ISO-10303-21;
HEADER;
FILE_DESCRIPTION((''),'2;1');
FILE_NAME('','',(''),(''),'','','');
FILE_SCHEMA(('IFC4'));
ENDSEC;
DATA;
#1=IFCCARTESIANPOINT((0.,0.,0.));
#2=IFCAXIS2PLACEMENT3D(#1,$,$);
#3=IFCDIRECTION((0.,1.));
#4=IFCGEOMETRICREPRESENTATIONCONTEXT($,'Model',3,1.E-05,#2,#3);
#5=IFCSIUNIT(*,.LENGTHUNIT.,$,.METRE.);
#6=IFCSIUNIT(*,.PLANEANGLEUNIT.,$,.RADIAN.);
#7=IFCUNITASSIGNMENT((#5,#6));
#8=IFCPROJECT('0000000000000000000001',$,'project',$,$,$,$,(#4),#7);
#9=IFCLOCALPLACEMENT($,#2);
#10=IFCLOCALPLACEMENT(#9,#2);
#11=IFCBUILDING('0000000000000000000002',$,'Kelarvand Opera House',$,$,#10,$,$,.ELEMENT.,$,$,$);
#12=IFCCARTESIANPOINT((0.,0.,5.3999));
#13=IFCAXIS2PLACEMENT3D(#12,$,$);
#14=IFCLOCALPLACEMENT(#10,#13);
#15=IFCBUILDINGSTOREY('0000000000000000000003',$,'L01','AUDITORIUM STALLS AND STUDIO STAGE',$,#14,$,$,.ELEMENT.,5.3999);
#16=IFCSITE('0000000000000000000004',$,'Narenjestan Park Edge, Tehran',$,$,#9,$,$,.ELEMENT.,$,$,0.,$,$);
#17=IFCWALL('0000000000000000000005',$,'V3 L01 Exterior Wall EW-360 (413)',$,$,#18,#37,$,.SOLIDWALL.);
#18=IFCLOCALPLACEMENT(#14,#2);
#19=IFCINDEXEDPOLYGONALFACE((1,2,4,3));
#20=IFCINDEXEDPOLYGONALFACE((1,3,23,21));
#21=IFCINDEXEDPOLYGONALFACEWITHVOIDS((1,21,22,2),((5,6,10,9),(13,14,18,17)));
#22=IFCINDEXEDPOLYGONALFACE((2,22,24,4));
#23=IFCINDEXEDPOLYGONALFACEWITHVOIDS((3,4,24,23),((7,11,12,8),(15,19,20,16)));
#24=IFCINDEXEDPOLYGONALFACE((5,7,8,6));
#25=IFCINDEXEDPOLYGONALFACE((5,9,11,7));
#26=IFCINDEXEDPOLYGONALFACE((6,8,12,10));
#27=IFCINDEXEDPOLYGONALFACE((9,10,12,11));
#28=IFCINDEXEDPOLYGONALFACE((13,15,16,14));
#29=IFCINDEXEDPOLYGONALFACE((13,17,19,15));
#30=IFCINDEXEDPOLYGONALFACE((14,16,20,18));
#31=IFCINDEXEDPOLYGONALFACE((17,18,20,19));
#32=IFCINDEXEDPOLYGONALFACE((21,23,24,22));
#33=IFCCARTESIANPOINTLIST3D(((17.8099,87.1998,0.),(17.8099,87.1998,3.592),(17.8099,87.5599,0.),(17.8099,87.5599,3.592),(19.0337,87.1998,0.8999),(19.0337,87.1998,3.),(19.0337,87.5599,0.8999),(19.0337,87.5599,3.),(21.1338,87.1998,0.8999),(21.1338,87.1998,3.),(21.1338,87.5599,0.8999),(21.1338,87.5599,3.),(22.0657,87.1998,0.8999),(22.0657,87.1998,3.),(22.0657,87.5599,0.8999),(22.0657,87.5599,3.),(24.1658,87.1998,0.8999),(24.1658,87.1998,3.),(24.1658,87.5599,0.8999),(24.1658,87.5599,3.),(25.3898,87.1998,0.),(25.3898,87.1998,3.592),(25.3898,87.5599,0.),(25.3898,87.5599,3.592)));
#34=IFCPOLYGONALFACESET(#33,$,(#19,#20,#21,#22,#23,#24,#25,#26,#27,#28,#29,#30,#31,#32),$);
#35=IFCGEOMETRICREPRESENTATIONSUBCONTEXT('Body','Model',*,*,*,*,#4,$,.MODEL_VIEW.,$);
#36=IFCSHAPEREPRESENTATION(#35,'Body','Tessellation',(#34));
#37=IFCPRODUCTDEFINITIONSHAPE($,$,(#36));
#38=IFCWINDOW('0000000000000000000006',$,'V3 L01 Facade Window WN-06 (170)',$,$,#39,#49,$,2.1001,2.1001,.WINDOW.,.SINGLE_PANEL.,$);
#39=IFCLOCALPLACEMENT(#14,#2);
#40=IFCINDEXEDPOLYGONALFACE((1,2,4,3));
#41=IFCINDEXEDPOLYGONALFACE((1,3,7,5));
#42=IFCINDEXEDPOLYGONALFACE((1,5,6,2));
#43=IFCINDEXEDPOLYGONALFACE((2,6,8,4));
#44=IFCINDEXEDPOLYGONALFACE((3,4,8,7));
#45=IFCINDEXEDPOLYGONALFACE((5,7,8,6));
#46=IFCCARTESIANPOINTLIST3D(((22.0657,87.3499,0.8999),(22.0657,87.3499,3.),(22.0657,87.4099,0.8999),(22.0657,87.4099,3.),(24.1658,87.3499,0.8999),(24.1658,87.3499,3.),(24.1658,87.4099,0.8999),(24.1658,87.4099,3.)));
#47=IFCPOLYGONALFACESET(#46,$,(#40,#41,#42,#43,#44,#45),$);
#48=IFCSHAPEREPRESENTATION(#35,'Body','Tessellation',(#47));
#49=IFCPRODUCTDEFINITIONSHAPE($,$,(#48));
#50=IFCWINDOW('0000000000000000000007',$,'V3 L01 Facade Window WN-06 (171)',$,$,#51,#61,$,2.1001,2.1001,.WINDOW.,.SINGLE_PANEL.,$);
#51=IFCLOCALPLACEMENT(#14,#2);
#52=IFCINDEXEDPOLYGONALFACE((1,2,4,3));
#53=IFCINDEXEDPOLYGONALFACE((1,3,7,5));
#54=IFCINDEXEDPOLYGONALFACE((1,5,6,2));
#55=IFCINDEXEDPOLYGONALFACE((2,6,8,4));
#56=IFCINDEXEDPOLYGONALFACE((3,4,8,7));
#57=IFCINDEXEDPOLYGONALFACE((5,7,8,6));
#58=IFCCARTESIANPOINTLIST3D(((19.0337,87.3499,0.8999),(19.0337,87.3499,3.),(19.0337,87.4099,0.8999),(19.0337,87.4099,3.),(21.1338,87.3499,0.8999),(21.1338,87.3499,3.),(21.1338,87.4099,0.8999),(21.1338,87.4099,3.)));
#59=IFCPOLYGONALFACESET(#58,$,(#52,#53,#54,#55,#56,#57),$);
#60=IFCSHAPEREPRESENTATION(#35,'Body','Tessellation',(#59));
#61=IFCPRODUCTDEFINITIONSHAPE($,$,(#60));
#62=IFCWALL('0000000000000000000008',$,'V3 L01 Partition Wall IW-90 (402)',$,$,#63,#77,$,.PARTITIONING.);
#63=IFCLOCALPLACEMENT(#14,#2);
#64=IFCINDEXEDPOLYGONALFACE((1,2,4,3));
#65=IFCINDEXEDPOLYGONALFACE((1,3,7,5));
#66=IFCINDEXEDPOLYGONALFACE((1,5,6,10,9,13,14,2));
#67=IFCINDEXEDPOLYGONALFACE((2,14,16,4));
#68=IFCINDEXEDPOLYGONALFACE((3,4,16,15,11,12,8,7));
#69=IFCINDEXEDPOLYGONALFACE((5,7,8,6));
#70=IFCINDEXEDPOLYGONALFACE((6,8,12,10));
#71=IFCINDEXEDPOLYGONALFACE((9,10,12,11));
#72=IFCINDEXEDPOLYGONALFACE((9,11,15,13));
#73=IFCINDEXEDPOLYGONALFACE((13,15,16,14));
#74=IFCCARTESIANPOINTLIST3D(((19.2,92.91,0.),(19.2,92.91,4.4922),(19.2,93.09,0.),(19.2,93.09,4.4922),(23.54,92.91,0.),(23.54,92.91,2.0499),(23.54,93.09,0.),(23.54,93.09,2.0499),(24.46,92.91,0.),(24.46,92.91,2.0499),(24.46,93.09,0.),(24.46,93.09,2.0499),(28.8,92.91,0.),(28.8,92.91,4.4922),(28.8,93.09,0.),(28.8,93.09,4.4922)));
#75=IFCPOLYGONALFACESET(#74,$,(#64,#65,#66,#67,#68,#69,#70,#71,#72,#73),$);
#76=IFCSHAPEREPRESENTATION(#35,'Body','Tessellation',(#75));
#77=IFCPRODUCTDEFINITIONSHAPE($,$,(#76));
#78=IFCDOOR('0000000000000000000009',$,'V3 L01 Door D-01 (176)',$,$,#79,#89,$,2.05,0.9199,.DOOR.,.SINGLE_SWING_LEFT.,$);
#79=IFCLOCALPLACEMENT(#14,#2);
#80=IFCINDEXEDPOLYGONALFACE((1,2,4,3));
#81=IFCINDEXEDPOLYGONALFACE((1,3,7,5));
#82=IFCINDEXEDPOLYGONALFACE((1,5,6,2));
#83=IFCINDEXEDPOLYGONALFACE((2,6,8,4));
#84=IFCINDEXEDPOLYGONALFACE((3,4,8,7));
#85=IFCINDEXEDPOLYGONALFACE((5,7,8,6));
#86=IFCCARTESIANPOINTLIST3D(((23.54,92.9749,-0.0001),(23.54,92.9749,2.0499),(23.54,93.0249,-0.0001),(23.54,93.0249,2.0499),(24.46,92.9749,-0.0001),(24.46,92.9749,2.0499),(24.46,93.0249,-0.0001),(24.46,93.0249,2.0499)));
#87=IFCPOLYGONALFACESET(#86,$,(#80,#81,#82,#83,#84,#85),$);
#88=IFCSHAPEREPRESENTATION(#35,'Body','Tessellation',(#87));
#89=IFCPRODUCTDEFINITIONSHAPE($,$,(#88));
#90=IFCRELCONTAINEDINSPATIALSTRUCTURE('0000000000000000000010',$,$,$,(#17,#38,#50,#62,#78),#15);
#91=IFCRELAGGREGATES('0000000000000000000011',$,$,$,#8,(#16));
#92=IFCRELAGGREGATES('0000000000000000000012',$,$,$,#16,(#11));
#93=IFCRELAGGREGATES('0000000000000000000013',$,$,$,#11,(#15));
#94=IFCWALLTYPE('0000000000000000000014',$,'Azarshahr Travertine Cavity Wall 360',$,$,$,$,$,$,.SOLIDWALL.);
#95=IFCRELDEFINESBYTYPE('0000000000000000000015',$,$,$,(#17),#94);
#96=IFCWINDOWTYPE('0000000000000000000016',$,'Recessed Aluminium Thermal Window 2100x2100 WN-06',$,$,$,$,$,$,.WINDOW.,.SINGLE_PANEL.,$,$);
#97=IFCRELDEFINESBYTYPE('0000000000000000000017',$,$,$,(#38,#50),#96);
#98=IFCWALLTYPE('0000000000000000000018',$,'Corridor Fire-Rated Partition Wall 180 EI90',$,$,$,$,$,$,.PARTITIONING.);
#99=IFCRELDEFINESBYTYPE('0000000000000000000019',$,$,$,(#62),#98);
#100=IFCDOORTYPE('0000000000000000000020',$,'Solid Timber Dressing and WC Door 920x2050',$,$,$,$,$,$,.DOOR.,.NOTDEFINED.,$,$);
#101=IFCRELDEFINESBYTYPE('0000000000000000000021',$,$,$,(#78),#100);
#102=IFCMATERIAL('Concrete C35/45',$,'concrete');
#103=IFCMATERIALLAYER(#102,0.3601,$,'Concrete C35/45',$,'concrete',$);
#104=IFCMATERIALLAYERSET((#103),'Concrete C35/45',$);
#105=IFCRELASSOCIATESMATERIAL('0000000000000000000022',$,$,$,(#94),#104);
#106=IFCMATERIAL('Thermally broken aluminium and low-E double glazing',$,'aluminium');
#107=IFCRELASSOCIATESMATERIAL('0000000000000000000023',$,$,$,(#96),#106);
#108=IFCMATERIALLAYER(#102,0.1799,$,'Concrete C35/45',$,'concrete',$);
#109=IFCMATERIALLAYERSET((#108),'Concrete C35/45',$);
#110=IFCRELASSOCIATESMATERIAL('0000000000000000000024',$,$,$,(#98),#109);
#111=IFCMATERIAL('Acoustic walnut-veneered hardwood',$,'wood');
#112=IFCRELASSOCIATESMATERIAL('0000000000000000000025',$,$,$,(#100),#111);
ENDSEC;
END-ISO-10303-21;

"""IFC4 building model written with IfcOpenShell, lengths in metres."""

from ifc_helpers import new_model, si_unit, direction, frame, frame_2d, origin, place, context, subcontext, project, spatial, rectangle, extrude, material, layer, layer_set, type_object, element, fill, save


model = new_model("IFC4")

# Units and contexts
model_context = context("Model", 3, precision=1e-05, world=origin(), true_north=direction((0.0, 1.0)))
body_context = subcontext(model_context, "Body", "Model", "MODEL_VIEW")
ifc_project = project(units=[si_unit("LENGTHUNIT", "METRE"), si_unit("PLANEANGLEUNIT", "RADIAN")], contexts=[model_context])

# Site, building, storey
site_placement = place(None, origin())
site = spatial("IfcSite", under=ifc_project, at=site_placement, Name="Narenjestan Park Edge, Tehran", CompositionType="ELEMENT", RefElevation=0.0)
building_placement = place(site_placement, origin())
building = spatial("IfcBuilding", under=site, at=building_placement, Name="Kelarvand Opera House", CompositionType="ELEMENT")
storey_placement = place(building_placement, frame((0.0, 0.0, 5.3999)))
storey = spatial("IfcBuildingStorey", under=building, at=storey_placement, Name="L01", Description="AUDITORIUM STALLS AND STUDIO STAGE", CompositionType="ELEMENT", Elevation=5.3999)

# Wall, openings, windows
ifc_material_1 = material(Name="Concrete C35/45", Category="concrete")
ifc_layer_1 = layer(ifc_material_1, 0.3601, Name="Concrete C35/45", Category="concrete")
ifc_layer_set_1 = layer_set([ifc_layer_1], Name="Concrete C35/45")
wall_type_1 = type_object("IfcWallType", Name="Azarshahr Travertine Cavity Wall 360", PredefinedType="SOLIDWALL", material=ifc_layer_set_1)
wall_1_placement = place(storey_placement, frame((25.3899, 87.3799, 0.0), z_axis=(0.0, 0.0, 1.0), x_axis=(-1.0, 0.0, 0.0)))
wall_1 = element("IfcWall", 1, at=wall_1_placement, inside=storey, type_object=wall_type_1, Name="V3 L01 Exterior Wall EW-360 (413)", PredefinedType="SOLIDWALL", context=body_context, shape_type="SweptSolid", body=[
    extrude(rectangle(XDim=7.5798, YDim=0.3601, at=frame_2d((3.79, 0.0))), origin(), (0.0, 0.0, 1.0), 3.592),
])
opening_1_placement = place(wall_1_placement, frame((1.2241, 0.0, 0.8999)))
opening_1 = element("IfcOpeningElement", 2, at=opening_1_placement, cuts=wall_1, PredefinedType="OPENING", context=body_context, shape_type="SweptSolid", body=[
    extrude(rectangle(XDim=2.1001, YDim=2.1001, at=frame_2d((1.05, 1.05))), frame((0.0, 0.1899, 0.0), z_axis=(0.0, -1.0, 0.0), x_axis=(1.0, 0.0, 0.0)), (0.0, 0.0, 1.0), 0.3801),
])
opening_2_placement = place(wall_1_placement, frame((4.2561, 0.0, 0.8999)))
opening_2 = element("IfcOpeningElement", 3, at=opening_2_placement, cuts=wall_1, PredefinedType="OPENING", context=body_context, shape_type="SweptSolid", body=[
    extrude(rectangle(XDim=2.1001, YDim=2.1001, at=frame_2d((1.05, 1.05))), frame((0.0, 0.1899, 0.0), z_axis=(0.0, -1.0, 0.0), x_axis=(1.0, 0.0, 0.0)), (0.0, 0.0, 1.0), 0.3801),
])
ifc_material_2 = material(Name="Thermally broken aluminium and low-E double glazing", Category="aluminium")
window_type = type_object("IfcWindowType", Name="Recessed Aluminium Thermal Window 2100x2100 WN-06", PartitioningType="SINGLE_PANEL", PredefinedType="WINDOW", material=ifc_material_2)
window_1_placement = place(opening_1_placement, origin())
window_1 = element("IfcWindow", 4, at=window_1_placement, inside=storey, type_object=window_type, Name="V3 L01 Facade Window WN-06 (170)", OverallHeight=2.1001, OverallWidth=2.1001, PartitioningType="SINGLE_PANEL", PredefinedType="WINDOW", context=body_context, shape_type="SweptSolid", body=[
    extrude(rectangle(XDim=2.1001, YDim=2.1001, at=frame_2d((1.05, 1.05))), frame((0.0, 0.03, 0.0), z_axis=(0.0, -1.0, 0.0), x_axis=(1.0, 0.0, 0.0)), (0.0, 0.0, 1.0), 0.0601),
])
fill(opening_1, window_1)
window_2_placement = place(opening_2_placement, origin())
window_2 = element("IfcWindow", 5, at=window_2_placement, inside=storey, type_object=window_type, Name="V3 L01 Facade Window WN-06 (171)", OverallHeight=2.1001, OverallWidth=2.1001, PartitioningType="SINGLE_PANEL", PredefinedType="WINDOW", context=body_context, shape_type="SweptSolid", body=[
    extrude(rectangle(XDim=2.1001, YDim=2.1001, at=frame_2d((1.05, 1.05))), frame((0.0, 0.03, 0.0), z_axis=(0.0, -1.0, 0.0), x_axis=(1.0, 0.0, 0.0)), (0.0, 0.0, 1.0), 0.0601),
])
fill(opening_2, window_2)

# Wall, opening, door
ifc_layer_2 = layer(ifc_material_1, 0.1799, Name="Concrete C35/45", Category="concrete")
ifc_layer_set_2 = layer_set([ifc_layer_2], Name="Concrete C35/45")
wall_type_2 = type_object("IfcWallType", Name="Corridor Fire-Rated Partition Wall 180 EI90", PredefinedType="PARTITIONING", material=ifc_layer_set_2)
wall_2_placement = place(storey_placement, frame((19.2, 93.0, 0.0), z_axis=(0.0, 0.0, 1.0), x_axis=(1.0, 0.0, 0.0)))
wall_2 = element("IfcWall", 6, at=wall_2_placement, inside=storey, type_object=wall_type_2, Name="V3 L01 Partition Wall IW-90 (402)", PredefinedType="PARTITIONING", context=body_context, shape_type="SweptSolid", body=[
    extrude(rectangle(XDim=9.6001, YDim=0.1799, at=frame_2d((4.8, 0.0))), origin(), (0.0, 0.0, 1.0), 4.4922),
])
opening_3_placement = place(wall_2_placement, frame((4.3401, 0.0, 0.0)))
opening_3 = element("IfcOpeningElement", 7, at=opening_3_placement, cuts=wall_2, PredefinedType="OPENING", context=body_context, shape_type="SweptSolid", body=[
    extrude(rectangle(XDim=0.9199, YDim=2.05, at=frame_2d((0.46, 1.0249))), frame((0.0, 0.1001, 0.0), z_axis=(0.0, -1.0, 0.0), x_axis=(1.0, 0.0, 0.0)), (0.0, 0.0, 1.0), 0.2),
])
ifc_material_3 = material(Name="Acoustic walnut-veneered hardwood", Category="wood")
door_type = type_object("IfcDoorType", Name="Solid Timber Dressing and WC Door 920x2050", OperationType="NOTDEFINED", PredefinedType="DOOR", material=ifc_material_3)
door_placement = place(opening_3_placement, origin())
door = element("IfcDoor", 8, at=door_placement, inside=storey, type_object=door_type, Name="V3 L01 Door D-01 (176)", OperationType="SINGLE_SWING_LEFT", OverallHeight=2.05, OverallWidth=0.9199, PredefinedType="DOOR", context=body_context, shape_type="SweptSolid", body=[
    extrude(rectangle(XDim=0.9199, YDim=2.05, at=frame_2d((0.46, 1.0249))), frame((0.0, 0.0249, 0.0), z_axis=(0.0, -1.0, 0.0), x_axis=(1.0, 0.0, 0.0)), (0.0, 0.0, 1.0), 0.05),
])
fill(opening_3, door)

save(model, "model.ifc")
